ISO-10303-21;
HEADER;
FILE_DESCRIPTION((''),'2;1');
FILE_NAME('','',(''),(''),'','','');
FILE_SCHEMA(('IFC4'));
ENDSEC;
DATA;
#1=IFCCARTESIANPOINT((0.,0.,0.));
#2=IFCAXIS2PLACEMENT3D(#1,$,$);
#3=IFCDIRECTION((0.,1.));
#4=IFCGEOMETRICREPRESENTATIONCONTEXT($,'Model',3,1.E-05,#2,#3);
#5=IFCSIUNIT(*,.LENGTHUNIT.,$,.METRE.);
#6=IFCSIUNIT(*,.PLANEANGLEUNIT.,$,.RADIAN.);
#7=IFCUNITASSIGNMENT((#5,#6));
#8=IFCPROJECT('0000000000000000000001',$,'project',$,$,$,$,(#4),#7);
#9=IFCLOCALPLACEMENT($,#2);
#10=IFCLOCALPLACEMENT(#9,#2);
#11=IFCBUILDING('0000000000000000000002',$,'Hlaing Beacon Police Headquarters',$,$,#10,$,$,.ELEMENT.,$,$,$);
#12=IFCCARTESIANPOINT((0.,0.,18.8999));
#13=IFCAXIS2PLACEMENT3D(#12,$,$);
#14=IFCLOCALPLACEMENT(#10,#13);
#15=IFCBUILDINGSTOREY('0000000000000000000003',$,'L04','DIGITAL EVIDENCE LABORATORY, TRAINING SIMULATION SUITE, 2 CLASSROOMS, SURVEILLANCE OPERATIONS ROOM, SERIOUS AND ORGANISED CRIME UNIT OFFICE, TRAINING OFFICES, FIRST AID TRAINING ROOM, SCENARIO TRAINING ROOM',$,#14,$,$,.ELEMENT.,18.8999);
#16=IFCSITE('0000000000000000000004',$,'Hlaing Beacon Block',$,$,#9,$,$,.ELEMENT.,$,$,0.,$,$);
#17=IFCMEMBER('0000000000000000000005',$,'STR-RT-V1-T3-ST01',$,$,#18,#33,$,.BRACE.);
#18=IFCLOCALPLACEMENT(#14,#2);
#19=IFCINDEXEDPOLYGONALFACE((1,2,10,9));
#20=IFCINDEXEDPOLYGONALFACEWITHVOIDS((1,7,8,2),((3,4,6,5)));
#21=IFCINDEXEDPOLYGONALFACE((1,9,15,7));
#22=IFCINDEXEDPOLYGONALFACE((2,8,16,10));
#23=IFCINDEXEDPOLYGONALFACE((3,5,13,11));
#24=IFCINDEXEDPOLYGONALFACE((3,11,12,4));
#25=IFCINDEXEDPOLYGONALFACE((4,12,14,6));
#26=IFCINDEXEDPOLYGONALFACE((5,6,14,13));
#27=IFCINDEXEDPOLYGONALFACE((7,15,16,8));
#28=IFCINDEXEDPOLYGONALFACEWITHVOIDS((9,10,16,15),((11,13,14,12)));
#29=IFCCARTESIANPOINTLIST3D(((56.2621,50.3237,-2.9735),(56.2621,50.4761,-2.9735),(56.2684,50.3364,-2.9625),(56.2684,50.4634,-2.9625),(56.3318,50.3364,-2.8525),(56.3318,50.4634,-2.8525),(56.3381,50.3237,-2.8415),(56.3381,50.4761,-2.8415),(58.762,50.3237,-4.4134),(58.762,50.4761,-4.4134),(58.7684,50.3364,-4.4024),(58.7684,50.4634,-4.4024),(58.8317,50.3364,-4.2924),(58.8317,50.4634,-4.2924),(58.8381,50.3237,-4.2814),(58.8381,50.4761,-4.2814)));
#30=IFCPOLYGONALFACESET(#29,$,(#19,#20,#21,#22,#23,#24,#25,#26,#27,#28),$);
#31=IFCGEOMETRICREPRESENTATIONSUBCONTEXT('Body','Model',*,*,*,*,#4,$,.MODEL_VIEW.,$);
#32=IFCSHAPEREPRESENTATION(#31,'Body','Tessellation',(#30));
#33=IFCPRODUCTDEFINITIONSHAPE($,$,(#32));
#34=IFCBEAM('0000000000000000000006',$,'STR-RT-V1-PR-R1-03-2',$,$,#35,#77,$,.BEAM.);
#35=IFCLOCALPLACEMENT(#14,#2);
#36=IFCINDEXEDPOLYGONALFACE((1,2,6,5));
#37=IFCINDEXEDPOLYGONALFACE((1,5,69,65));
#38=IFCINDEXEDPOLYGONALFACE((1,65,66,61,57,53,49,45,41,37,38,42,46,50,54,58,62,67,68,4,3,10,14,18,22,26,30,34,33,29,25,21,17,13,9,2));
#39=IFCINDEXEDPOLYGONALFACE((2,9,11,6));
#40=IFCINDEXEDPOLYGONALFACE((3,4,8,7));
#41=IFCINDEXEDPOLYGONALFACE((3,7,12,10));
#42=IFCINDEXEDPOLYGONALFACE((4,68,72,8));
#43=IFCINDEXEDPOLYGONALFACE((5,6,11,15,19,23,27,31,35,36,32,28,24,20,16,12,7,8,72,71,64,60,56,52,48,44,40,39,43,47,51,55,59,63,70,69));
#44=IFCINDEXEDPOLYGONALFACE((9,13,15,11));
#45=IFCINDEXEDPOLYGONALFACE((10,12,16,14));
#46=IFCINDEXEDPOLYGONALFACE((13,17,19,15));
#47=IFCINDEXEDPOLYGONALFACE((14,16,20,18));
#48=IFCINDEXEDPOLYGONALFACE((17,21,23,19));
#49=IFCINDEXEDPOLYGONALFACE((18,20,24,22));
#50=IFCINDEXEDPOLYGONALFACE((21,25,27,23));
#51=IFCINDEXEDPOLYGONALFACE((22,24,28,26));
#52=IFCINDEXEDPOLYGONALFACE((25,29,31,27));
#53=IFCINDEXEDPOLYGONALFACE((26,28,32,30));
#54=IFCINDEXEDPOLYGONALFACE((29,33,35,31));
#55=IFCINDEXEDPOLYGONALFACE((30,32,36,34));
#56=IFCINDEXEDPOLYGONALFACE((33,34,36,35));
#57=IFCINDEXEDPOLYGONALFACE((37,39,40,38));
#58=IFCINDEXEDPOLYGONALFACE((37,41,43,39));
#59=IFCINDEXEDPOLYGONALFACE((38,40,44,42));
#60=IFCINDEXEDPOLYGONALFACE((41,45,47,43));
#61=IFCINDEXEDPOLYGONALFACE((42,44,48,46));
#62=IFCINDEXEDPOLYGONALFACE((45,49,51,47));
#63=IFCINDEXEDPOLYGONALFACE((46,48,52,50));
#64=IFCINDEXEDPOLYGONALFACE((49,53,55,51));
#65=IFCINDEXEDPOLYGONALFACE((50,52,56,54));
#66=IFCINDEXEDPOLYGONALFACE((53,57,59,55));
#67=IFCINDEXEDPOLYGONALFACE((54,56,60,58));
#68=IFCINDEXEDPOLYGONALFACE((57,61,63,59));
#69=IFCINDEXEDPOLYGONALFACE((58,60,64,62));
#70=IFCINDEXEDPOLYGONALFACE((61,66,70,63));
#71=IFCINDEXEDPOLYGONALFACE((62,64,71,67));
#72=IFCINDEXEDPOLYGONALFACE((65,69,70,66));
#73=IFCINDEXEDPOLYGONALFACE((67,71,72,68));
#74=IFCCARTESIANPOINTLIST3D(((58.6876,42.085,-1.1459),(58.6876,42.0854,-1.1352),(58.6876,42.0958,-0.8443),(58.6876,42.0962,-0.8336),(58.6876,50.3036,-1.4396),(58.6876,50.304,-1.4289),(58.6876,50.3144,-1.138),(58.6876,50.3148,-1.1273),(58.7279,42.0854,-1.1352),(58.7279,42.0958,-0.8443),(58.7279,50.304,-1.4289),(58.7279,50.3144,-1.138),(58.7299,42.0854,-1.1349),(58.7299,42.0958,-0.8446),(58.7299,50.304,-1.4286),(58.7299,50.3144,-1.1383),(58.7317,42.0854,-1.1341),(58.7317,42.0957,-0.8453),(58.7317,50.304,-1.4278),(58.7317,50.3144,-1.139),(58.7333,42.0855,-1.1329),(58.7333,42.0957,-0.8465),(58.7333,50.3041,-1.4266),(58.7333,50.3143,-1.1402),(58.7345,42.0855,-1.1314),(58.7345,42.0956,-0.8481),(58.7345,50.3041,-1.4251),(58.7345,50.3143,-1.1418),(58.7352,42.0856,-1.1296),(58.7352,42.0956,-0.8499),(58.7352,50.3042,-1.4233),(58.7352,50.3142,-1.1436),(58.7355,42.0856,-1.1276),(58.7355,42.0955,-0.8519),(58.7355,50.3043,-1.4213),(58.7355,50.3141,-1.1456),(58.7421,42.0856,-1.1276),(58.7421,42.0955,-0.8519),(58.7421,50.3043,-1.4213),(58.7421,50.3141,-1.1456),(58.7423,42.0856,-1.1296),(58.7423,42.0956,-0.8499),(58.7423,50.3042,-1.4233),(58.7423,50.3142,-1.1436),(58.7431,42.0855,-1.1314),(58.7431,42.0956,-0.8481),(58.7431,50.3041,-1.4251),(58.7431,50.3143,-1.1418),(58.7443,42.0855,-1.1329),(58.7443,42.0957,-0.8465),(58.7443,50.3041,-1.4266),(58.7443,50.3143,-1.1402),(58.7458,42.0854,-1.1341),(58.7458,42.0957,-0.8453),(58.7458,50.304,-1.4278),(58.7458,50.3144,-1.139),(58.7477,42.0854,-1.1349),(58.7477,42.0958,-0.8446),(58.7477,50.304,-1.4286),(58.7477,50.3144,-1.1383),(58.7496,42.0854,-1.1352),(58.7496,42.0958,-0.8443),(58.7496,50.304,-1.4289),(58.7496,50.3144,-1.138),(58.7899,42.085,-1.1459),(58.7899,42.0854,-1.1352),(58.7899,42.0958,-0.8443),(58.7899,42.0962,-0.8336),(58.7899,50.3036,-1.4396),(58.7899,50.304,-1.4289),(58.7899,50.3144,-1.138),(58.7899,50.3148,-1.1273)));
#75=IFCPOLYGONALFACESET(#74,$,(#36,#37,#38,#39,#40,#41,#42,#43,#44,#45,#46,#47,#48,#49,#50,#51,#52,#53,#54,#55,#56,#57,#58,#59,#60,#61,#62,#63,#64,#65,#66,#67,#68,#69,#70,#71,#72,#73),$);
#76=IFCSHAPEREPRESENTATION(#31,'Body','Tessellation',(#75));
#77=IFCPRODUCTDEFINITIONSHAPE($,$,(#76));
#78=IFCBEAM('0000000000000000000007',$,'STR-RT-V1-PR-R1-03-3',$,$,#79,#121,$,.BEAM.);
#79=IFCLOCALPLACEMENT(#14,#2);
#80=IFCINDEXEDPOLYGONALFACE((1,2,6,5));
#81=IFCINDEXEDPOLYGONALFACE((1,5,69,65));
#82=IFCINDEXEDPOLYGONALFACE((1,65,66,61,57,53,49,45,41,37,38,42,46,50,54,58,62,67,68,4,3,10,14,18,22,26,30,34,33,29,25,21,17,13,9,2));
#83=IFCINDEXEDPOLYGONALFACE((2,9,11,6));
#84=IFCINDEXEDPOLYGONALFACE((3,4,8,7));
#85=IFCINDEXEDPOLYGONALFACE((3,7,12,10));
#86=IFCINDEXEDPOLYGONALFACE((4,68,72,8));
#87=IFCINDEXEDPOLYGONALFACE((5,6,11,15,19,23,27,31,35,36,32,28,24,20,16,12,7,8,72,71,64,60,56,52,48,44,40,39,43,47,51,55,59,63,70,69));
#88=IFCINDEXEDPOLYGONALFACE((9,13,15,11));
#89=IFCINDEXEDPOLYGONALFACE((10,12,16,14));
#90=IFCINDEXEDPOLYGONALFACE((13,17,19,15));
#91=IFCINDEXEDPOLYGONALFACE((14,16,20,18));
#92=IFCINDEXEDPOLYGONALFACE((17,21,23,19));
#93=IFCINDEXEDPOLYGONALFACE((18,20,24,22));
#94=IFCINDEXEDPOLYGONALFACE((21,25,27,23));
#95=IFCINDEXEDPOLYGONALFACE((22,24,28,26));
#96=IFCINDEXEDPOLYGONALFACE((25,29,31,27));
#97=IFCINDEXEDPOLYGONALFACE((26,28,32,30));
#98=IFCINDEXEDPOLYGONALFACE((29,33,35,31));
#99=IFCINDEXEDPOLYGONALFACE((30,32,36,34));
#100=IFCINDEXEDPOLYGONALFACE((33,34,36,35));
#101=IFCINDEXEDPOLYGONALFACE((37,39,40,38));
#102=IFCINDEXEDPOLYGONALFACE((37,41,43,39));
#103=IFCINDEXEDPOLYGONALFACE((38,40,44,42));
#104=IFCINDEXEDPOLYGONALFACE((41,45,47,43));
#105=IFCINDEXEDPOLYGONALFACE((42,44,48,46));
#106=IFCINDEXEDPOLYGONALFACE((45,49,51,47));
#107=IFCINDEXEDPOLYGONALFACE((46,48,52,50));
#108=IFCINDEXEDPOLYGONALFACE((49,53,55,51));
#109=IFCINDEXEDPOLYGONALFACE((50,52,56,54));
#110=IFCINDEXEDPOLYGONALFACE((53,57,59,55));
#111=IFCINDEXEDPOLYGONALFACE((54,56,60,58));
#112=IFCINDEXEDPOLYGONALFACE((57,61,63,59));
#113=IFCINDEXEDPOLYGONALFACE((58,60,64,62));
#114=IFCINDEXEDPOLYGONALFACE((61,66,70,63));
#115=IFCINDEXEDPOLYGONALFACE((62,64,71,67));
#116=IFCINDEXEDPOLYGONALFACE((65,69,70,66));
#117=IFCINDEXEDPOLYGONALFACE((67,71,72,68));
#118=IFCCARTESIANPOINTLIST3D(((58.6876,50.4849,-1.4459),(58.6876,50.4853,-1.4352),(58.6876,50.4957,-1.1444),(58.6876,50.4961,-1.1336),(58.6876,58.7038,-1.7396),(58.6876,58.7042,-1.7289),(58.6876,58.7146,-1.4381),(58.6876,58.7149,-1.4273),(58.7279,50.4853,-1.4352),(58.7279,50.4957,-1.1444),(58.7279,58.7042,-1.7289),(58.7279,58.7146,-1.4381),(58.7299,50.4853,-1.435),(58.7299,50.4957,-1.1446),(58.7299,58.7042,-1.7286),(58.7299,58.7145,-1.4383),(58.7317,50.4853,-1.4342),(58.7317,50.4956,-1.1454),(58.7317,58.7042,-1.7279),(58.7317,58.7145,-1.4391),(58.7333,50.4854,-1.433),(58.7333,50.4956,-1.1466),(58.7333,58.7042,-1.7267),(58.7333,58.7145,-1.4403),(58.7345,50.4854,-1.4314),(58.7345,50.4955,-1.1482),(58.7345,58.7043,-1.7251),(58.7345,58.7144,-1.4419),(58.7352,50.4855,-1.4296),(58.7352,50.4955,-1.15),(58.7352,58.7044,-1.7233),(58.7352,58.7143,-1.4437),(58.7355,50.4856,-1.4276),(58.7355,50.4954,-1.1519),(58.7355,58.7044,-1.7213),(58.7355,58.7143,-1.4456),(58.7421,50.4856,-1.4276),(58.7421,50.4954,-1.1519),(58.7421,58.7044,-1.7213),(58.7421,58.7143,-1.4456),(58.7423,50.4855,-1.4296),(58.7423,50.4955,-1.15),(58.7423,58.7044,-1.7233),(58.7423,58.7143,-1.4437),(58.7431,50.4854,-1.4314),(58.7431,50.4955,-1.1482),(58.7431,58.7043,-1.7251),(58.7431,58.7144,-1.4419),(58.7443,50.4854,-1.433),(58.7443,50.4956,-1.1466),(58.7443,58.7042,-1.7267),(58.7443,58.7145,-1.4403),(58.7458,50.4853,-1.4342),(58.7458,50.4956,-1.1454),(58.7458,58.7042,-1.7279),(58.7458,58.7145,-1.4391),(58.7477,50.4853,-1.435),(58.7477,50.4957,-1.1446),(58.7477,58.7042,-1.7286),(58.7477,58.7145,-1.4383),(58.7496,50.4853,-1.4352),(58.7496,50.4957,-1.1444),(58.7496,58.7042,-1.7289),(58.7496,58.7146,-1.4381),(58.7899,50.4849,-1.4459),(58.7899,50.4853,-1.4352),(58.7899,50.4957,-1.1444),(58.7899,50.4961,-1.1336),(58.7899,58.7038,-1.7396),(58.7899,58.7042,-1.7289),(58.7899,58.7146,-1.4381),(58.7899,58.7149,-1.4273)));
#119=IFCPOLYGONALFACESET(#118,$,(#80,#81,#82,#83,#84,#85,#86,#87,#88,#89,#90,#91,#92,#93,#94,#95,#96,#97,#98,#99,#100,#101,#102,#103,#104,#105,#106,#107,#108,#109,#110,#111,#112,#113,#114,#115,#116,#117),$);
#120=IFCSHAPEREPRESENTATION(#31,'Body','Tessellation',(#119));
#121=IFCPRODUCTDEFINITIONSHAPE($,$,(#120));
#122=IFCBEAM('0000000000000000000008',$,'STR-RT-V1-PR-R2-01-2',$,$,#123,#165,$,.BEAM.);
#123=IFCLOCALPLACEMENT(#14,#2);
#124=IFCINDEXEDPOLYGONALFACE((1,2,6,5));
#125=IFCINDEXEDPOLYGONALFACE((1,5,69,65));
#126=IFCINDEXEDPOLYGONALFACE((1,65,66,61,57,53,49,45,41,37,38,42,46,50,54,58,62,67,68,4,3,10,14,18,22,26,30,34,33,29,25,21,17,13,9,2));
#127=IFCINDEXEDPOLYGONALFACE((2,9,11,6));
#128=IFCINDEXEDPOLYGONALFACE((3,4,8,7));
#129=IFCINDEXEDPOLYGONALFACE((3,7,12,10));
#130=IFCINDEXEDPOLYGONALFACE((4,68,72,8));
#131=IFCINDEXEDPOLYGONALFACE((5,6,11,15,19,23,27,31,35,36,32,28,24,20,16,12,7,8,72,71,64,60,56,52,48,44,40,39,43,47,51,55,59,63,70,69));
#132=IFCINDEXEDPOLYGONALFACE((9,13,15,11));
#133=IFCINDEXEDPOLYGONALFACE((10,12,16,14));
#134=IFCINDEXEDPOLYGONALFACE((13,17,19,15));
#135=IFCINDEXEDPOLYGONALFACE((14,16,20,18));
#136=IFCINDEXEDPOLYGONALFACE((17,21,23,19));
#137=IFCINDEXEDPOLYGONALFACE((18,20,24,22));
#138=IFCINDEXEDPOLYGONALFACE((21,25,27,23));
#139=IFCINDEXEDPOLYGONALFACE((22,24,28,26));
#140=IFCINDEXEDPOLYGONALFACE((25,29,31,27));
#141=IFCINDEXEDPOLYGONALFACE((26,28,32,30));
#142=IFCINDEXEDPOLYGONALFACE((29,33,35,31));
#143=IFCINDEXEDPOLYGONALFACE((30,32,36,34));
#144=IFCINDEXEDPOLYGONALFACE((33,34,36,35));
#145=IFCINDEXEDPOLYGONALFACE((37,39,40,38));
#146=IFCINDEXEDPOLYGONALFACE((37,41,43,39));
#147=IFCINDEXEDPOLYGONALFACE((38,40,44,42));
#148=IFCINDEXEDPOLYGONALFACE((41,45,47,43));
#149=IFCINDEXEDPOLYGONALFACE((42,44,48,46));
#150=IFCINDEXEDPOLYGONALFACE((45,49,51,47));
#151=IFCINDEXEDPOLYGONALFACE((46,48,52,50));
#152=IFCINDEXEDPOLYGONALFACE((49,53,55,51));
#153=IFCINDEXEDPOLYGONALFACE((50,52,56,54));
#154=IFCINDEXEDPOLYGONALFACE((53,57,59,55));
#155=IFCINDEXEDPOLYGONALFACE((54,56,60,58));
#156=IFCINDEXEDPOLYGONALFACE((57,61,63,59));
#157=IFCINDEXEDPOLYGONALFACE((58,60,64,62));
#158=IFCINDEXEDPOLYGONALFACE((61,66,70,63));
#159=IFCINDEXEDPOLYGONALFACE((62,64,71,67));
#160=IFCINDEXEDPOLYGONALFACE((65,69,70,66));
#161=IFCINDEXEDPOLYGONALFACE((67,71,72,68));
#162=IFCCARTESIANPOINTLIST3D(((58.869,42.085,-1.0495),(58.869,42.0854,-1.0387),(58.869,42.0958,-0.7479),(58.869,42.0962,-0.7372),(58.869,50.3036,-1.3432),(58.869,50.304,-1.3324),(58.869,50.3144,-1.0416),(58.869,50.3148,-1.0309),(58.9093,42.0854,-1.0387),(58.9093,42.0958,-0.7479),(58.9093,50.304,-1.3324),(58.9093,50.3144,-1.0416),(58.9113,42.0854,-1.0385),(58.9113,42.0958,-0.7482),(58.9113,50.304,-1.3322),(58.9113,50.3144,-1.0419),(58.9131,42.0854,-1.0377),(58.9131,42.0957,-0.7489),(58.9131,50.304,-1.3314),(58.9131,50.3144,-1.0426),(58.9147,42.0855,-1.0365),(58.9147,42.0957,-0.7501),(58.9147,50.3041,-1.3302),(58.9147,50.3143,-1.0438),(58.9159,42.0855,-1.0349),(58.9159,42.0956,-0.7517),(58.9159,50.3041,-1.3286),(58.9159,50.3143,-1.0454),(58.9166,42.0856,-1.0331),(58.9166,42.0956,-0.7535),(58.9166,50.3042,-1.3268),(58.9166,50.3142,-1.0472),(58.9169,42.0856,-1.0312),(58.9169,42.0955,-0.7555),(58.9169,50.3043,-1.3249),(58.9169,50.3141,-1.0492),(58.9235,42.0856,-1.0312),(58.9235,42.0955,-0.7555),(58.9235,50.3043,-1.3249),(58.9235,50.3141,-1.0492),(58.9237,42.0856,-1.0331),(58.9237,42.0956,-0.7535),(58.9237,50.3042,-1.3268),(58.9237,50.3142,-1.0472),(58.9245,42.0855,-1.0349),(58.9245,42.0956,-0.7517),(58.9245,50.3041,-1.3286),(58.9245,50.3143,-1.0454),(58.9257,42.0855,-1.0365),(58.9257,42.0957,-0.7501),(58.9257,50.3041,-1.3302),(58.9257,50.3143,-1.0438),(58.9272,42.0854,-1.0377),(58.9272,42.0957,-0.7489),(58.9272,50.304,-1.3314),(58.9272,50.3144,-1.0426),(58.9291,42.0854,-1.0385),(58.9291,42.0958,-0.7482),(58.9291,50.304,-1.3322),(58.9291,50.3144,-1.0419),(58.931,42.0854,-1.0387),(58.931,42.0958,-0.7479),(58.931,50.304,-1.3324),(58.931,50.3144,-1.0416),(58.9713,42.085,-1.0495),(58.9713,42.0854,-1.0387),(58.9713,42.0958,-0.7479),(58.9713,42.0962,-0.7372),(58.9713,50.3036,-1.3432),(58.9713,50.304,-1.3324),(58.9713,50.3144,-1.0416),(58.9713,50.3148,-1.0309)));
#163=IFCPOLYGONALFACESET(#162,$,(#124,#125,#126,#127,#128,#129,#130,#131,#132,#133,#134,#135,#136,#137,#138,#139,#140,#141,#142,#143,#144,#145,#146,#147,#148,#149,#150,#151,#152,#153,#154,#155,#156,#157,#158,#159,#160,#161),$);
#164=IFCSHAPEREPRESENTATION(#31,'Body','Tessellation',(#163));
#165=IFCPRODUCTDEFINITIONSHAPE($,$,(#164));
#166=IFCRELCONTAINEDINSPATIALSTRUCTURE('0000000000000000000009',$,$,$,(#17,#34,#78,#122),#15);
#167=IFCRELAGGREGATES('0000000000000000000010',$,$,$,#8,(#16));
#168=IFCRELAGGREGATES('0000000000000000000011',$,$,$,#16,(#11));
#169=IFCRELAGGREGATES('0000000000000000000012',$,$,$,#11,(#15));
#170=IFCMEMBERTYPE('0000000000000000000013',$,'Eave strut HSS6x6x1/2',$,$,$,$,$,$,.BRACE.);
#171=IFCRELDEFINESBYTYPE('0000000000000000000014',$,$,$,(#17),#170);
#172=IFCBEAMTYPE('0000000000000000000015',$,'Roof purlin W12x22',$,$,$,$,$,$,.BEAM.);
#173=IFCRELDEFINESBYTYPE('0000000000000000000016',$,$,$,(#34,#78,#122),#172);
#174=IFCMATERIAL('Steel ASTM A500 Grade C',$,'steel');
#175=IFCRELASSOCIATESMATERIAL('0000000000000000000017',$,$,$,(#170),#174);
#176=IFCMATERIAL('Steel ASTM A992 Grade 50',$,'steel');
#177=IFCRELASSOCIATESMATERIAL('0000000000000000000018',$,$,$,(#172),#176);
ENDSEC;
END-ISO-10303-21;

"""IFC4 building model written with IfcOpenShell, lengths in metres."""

from ifc_helpers import new_model, si_unit, direction, frame, origin, origin_2d, place, context, subcontext, project, spatial, hollow_rectangle, i_section, extrude, material, material_profile, profile_set, type_object, element, save


model = new_model("IFC4")

# Units and contexts
model_context = context("Model", 3, precision=1e-05, world=origin(), true_north=direction((0.0, 1.0)))
body_context = subcontext(model_context, "Body", "Model", "MODEL_VIEW")
ifc_project = project(units=[si_unit("LENGTHUNIT", "METRE"), si_unit("PLANEANGLEUNIT", "RADIAN")], contexts=[model_context])

# Site, building, storey
site_placement = place(None, origin())
site = spatial("IfcSite", under=ifc_project, at=site_placement, Name="Hlaing Beacon Block", CompositionType="ELEMENT", RefElevation=0.0)
building_placement = place(site_placement, origin())
building = spatial("IfcBuilding", under=site, at=building_placement, Name="Hlaing Beacon Police Headquarters", CompositionType="ELEMENT")
storey_placement = place(building_placement, frame((0.0, 0.0, 18.8999)))
storey = spatial("IfcBuildingStorey", under=building, at=storey_placement, Name="L04", Description="DIGITAL EVIDENCE LABORATORY, TRAINING SIMULATION SUITE, 2 CLASSROOMS, SURVEILLANCE OPERATIONS ROOM, SERIOUS AND ORGANISED CRIME UNIT OFFICE, TRAINING OFFICES, FIRST AID TRAINING ROOM, SCENARIO TRAINING ROOM", CompositionType="ELEMENT", Elevation=18.8999)

# Member
ifc_material_1 = material(Name="Steel ASTM A500 Grade C", Category="steel")
ifc_material_profile_1 = material_profile(ifc_material_1, hollow_rectangle(XDim=0.1523, YDim=0.1523, WallThickness=0.0127, at=origin_2d()), Name="HSS6x6x1/2")
ifc_profile_set_1 = profile_set([ifc_material_profile_1], Name="Steel ASTM A500 Grade C")
member_type_1 = type_object("IfcMemberType", Name="Eave strut HSS6x6x1/2", PredefinedType="BRACE", material=ifc_profile_set_1)
member_1_placement = place(storey_placement, frame((58.8, 50.3999, -4.3474), z_axis=(-0.86654, 0.0, 0.499107), x_axis=(0.0, -1.0, 0.0)))
element("IfcMember", 1, at=member_1_placement, inside=storey, type_object=member_type_1, Name="STR-RT-V1-T3-ST01", PredefinedType="BRACE", context=body_context, shape_type="SweptSolid", body=[
    extrude(hollow_rectangle(XDim=0.1523, YDim=0.1523, WallThickness=0.0127, at=origin_2d()), origin(), (0.0, 0.0, 1.0), 2.885),
])

# Beams
ifc_material_2 = material(Name="Steel ASTM A992 Grade 50", Category="steel")
ifc_material_profile_2 = material_profile(ifc_material_2, i_section(OverallWidth=0.1023, OverallDepth=0.3125, WebThickness=0.0066, FlangeThickness=0.0107, FilletRadius=0.0076, at=origin_2d()), Name="W12x22")
ifc_profile_set_2 = profile_set([ifc_material_profile_2], Name="Steel ASTM A992 Grade 50")
beam_type_1 = type_object("IfcBeamType", Name="Roof purlin W12x22", PredefinedType="BEAM", material=ifc_profile_set_2)
beam_1_placement = place(storey_placement, frame((58.7388, 42.0906, -0.9897), z_axis=(0.0, 0.999362, -0.035713), x_axis=(-1.0, 0.0, 0.0)))
element("IfcBeam", 2, at=beam_1_placement, inside=storey, type_object=beam_type_1, Name="STR-RT-V1-PR-R1-03-2", PredefinedType="BEAM", context=body_context, shape_type="SweptSolid", body=[
    extrude(i_section(OverallWidth=0.1023, OverallDepth=0.3125, WebThickness=0.0066, FlangeThickness=0.0107, FilletRadius=0.0076, at=origin_2d()), origin(), (0.0, 0.0, 1.0), 8.2239),
])
beam_2_placement = place(storey_placement, frame((58.7388, 50.4905, -1.2898), z_axis=(0.0, 0.999362, -0.035712), x_axis=(-1.0, 0.0, 0.0)))
element("IfcBeam", 3, at=beam_2_placement, inside=storey, type_object=beam_type_1, Name="STR-RT-V1-PR-R1-03-3", PredefinedType="BEAM", context=body_context, shape_type="SweptSolid", body=[
    extrude(i_section(OverallWidth=0.1023, OverallDepth=0.3125, WebThickness=0.0066, FlangeThickness=0.0107, FilletRadius=0.0076, at=origin_2d()), origin(), (0.0, 0.0, 1.0), 8.2241),
])
beam_3_placement = place(storey_placement, frame((58.9202, 42.0906, -0.8933), z_axis=(0.0, 0.999362, -0.035713), x_axis=(-1.0, 0.0, 0.0)))
element("IfcBeam", 4, at=beam_3_placement, inside=storey, type_object=beam_type_1, Name="STR-RT-V1-PR-R2-01-2", PredefinedType="BEAM", context=body_context, shape_type="SweptSolid", body=[
    extrude(i_section(OverallWidth=0.1023, OverallDepth=0.3125, WebThickness=0.0066, FlangeThickness=0.0107, FilletRadius=0.0076, at=origin_2d()), origin(), (0.0, 0.0, 1.0), 8.2239),
])

save(model, "model.ifc")
